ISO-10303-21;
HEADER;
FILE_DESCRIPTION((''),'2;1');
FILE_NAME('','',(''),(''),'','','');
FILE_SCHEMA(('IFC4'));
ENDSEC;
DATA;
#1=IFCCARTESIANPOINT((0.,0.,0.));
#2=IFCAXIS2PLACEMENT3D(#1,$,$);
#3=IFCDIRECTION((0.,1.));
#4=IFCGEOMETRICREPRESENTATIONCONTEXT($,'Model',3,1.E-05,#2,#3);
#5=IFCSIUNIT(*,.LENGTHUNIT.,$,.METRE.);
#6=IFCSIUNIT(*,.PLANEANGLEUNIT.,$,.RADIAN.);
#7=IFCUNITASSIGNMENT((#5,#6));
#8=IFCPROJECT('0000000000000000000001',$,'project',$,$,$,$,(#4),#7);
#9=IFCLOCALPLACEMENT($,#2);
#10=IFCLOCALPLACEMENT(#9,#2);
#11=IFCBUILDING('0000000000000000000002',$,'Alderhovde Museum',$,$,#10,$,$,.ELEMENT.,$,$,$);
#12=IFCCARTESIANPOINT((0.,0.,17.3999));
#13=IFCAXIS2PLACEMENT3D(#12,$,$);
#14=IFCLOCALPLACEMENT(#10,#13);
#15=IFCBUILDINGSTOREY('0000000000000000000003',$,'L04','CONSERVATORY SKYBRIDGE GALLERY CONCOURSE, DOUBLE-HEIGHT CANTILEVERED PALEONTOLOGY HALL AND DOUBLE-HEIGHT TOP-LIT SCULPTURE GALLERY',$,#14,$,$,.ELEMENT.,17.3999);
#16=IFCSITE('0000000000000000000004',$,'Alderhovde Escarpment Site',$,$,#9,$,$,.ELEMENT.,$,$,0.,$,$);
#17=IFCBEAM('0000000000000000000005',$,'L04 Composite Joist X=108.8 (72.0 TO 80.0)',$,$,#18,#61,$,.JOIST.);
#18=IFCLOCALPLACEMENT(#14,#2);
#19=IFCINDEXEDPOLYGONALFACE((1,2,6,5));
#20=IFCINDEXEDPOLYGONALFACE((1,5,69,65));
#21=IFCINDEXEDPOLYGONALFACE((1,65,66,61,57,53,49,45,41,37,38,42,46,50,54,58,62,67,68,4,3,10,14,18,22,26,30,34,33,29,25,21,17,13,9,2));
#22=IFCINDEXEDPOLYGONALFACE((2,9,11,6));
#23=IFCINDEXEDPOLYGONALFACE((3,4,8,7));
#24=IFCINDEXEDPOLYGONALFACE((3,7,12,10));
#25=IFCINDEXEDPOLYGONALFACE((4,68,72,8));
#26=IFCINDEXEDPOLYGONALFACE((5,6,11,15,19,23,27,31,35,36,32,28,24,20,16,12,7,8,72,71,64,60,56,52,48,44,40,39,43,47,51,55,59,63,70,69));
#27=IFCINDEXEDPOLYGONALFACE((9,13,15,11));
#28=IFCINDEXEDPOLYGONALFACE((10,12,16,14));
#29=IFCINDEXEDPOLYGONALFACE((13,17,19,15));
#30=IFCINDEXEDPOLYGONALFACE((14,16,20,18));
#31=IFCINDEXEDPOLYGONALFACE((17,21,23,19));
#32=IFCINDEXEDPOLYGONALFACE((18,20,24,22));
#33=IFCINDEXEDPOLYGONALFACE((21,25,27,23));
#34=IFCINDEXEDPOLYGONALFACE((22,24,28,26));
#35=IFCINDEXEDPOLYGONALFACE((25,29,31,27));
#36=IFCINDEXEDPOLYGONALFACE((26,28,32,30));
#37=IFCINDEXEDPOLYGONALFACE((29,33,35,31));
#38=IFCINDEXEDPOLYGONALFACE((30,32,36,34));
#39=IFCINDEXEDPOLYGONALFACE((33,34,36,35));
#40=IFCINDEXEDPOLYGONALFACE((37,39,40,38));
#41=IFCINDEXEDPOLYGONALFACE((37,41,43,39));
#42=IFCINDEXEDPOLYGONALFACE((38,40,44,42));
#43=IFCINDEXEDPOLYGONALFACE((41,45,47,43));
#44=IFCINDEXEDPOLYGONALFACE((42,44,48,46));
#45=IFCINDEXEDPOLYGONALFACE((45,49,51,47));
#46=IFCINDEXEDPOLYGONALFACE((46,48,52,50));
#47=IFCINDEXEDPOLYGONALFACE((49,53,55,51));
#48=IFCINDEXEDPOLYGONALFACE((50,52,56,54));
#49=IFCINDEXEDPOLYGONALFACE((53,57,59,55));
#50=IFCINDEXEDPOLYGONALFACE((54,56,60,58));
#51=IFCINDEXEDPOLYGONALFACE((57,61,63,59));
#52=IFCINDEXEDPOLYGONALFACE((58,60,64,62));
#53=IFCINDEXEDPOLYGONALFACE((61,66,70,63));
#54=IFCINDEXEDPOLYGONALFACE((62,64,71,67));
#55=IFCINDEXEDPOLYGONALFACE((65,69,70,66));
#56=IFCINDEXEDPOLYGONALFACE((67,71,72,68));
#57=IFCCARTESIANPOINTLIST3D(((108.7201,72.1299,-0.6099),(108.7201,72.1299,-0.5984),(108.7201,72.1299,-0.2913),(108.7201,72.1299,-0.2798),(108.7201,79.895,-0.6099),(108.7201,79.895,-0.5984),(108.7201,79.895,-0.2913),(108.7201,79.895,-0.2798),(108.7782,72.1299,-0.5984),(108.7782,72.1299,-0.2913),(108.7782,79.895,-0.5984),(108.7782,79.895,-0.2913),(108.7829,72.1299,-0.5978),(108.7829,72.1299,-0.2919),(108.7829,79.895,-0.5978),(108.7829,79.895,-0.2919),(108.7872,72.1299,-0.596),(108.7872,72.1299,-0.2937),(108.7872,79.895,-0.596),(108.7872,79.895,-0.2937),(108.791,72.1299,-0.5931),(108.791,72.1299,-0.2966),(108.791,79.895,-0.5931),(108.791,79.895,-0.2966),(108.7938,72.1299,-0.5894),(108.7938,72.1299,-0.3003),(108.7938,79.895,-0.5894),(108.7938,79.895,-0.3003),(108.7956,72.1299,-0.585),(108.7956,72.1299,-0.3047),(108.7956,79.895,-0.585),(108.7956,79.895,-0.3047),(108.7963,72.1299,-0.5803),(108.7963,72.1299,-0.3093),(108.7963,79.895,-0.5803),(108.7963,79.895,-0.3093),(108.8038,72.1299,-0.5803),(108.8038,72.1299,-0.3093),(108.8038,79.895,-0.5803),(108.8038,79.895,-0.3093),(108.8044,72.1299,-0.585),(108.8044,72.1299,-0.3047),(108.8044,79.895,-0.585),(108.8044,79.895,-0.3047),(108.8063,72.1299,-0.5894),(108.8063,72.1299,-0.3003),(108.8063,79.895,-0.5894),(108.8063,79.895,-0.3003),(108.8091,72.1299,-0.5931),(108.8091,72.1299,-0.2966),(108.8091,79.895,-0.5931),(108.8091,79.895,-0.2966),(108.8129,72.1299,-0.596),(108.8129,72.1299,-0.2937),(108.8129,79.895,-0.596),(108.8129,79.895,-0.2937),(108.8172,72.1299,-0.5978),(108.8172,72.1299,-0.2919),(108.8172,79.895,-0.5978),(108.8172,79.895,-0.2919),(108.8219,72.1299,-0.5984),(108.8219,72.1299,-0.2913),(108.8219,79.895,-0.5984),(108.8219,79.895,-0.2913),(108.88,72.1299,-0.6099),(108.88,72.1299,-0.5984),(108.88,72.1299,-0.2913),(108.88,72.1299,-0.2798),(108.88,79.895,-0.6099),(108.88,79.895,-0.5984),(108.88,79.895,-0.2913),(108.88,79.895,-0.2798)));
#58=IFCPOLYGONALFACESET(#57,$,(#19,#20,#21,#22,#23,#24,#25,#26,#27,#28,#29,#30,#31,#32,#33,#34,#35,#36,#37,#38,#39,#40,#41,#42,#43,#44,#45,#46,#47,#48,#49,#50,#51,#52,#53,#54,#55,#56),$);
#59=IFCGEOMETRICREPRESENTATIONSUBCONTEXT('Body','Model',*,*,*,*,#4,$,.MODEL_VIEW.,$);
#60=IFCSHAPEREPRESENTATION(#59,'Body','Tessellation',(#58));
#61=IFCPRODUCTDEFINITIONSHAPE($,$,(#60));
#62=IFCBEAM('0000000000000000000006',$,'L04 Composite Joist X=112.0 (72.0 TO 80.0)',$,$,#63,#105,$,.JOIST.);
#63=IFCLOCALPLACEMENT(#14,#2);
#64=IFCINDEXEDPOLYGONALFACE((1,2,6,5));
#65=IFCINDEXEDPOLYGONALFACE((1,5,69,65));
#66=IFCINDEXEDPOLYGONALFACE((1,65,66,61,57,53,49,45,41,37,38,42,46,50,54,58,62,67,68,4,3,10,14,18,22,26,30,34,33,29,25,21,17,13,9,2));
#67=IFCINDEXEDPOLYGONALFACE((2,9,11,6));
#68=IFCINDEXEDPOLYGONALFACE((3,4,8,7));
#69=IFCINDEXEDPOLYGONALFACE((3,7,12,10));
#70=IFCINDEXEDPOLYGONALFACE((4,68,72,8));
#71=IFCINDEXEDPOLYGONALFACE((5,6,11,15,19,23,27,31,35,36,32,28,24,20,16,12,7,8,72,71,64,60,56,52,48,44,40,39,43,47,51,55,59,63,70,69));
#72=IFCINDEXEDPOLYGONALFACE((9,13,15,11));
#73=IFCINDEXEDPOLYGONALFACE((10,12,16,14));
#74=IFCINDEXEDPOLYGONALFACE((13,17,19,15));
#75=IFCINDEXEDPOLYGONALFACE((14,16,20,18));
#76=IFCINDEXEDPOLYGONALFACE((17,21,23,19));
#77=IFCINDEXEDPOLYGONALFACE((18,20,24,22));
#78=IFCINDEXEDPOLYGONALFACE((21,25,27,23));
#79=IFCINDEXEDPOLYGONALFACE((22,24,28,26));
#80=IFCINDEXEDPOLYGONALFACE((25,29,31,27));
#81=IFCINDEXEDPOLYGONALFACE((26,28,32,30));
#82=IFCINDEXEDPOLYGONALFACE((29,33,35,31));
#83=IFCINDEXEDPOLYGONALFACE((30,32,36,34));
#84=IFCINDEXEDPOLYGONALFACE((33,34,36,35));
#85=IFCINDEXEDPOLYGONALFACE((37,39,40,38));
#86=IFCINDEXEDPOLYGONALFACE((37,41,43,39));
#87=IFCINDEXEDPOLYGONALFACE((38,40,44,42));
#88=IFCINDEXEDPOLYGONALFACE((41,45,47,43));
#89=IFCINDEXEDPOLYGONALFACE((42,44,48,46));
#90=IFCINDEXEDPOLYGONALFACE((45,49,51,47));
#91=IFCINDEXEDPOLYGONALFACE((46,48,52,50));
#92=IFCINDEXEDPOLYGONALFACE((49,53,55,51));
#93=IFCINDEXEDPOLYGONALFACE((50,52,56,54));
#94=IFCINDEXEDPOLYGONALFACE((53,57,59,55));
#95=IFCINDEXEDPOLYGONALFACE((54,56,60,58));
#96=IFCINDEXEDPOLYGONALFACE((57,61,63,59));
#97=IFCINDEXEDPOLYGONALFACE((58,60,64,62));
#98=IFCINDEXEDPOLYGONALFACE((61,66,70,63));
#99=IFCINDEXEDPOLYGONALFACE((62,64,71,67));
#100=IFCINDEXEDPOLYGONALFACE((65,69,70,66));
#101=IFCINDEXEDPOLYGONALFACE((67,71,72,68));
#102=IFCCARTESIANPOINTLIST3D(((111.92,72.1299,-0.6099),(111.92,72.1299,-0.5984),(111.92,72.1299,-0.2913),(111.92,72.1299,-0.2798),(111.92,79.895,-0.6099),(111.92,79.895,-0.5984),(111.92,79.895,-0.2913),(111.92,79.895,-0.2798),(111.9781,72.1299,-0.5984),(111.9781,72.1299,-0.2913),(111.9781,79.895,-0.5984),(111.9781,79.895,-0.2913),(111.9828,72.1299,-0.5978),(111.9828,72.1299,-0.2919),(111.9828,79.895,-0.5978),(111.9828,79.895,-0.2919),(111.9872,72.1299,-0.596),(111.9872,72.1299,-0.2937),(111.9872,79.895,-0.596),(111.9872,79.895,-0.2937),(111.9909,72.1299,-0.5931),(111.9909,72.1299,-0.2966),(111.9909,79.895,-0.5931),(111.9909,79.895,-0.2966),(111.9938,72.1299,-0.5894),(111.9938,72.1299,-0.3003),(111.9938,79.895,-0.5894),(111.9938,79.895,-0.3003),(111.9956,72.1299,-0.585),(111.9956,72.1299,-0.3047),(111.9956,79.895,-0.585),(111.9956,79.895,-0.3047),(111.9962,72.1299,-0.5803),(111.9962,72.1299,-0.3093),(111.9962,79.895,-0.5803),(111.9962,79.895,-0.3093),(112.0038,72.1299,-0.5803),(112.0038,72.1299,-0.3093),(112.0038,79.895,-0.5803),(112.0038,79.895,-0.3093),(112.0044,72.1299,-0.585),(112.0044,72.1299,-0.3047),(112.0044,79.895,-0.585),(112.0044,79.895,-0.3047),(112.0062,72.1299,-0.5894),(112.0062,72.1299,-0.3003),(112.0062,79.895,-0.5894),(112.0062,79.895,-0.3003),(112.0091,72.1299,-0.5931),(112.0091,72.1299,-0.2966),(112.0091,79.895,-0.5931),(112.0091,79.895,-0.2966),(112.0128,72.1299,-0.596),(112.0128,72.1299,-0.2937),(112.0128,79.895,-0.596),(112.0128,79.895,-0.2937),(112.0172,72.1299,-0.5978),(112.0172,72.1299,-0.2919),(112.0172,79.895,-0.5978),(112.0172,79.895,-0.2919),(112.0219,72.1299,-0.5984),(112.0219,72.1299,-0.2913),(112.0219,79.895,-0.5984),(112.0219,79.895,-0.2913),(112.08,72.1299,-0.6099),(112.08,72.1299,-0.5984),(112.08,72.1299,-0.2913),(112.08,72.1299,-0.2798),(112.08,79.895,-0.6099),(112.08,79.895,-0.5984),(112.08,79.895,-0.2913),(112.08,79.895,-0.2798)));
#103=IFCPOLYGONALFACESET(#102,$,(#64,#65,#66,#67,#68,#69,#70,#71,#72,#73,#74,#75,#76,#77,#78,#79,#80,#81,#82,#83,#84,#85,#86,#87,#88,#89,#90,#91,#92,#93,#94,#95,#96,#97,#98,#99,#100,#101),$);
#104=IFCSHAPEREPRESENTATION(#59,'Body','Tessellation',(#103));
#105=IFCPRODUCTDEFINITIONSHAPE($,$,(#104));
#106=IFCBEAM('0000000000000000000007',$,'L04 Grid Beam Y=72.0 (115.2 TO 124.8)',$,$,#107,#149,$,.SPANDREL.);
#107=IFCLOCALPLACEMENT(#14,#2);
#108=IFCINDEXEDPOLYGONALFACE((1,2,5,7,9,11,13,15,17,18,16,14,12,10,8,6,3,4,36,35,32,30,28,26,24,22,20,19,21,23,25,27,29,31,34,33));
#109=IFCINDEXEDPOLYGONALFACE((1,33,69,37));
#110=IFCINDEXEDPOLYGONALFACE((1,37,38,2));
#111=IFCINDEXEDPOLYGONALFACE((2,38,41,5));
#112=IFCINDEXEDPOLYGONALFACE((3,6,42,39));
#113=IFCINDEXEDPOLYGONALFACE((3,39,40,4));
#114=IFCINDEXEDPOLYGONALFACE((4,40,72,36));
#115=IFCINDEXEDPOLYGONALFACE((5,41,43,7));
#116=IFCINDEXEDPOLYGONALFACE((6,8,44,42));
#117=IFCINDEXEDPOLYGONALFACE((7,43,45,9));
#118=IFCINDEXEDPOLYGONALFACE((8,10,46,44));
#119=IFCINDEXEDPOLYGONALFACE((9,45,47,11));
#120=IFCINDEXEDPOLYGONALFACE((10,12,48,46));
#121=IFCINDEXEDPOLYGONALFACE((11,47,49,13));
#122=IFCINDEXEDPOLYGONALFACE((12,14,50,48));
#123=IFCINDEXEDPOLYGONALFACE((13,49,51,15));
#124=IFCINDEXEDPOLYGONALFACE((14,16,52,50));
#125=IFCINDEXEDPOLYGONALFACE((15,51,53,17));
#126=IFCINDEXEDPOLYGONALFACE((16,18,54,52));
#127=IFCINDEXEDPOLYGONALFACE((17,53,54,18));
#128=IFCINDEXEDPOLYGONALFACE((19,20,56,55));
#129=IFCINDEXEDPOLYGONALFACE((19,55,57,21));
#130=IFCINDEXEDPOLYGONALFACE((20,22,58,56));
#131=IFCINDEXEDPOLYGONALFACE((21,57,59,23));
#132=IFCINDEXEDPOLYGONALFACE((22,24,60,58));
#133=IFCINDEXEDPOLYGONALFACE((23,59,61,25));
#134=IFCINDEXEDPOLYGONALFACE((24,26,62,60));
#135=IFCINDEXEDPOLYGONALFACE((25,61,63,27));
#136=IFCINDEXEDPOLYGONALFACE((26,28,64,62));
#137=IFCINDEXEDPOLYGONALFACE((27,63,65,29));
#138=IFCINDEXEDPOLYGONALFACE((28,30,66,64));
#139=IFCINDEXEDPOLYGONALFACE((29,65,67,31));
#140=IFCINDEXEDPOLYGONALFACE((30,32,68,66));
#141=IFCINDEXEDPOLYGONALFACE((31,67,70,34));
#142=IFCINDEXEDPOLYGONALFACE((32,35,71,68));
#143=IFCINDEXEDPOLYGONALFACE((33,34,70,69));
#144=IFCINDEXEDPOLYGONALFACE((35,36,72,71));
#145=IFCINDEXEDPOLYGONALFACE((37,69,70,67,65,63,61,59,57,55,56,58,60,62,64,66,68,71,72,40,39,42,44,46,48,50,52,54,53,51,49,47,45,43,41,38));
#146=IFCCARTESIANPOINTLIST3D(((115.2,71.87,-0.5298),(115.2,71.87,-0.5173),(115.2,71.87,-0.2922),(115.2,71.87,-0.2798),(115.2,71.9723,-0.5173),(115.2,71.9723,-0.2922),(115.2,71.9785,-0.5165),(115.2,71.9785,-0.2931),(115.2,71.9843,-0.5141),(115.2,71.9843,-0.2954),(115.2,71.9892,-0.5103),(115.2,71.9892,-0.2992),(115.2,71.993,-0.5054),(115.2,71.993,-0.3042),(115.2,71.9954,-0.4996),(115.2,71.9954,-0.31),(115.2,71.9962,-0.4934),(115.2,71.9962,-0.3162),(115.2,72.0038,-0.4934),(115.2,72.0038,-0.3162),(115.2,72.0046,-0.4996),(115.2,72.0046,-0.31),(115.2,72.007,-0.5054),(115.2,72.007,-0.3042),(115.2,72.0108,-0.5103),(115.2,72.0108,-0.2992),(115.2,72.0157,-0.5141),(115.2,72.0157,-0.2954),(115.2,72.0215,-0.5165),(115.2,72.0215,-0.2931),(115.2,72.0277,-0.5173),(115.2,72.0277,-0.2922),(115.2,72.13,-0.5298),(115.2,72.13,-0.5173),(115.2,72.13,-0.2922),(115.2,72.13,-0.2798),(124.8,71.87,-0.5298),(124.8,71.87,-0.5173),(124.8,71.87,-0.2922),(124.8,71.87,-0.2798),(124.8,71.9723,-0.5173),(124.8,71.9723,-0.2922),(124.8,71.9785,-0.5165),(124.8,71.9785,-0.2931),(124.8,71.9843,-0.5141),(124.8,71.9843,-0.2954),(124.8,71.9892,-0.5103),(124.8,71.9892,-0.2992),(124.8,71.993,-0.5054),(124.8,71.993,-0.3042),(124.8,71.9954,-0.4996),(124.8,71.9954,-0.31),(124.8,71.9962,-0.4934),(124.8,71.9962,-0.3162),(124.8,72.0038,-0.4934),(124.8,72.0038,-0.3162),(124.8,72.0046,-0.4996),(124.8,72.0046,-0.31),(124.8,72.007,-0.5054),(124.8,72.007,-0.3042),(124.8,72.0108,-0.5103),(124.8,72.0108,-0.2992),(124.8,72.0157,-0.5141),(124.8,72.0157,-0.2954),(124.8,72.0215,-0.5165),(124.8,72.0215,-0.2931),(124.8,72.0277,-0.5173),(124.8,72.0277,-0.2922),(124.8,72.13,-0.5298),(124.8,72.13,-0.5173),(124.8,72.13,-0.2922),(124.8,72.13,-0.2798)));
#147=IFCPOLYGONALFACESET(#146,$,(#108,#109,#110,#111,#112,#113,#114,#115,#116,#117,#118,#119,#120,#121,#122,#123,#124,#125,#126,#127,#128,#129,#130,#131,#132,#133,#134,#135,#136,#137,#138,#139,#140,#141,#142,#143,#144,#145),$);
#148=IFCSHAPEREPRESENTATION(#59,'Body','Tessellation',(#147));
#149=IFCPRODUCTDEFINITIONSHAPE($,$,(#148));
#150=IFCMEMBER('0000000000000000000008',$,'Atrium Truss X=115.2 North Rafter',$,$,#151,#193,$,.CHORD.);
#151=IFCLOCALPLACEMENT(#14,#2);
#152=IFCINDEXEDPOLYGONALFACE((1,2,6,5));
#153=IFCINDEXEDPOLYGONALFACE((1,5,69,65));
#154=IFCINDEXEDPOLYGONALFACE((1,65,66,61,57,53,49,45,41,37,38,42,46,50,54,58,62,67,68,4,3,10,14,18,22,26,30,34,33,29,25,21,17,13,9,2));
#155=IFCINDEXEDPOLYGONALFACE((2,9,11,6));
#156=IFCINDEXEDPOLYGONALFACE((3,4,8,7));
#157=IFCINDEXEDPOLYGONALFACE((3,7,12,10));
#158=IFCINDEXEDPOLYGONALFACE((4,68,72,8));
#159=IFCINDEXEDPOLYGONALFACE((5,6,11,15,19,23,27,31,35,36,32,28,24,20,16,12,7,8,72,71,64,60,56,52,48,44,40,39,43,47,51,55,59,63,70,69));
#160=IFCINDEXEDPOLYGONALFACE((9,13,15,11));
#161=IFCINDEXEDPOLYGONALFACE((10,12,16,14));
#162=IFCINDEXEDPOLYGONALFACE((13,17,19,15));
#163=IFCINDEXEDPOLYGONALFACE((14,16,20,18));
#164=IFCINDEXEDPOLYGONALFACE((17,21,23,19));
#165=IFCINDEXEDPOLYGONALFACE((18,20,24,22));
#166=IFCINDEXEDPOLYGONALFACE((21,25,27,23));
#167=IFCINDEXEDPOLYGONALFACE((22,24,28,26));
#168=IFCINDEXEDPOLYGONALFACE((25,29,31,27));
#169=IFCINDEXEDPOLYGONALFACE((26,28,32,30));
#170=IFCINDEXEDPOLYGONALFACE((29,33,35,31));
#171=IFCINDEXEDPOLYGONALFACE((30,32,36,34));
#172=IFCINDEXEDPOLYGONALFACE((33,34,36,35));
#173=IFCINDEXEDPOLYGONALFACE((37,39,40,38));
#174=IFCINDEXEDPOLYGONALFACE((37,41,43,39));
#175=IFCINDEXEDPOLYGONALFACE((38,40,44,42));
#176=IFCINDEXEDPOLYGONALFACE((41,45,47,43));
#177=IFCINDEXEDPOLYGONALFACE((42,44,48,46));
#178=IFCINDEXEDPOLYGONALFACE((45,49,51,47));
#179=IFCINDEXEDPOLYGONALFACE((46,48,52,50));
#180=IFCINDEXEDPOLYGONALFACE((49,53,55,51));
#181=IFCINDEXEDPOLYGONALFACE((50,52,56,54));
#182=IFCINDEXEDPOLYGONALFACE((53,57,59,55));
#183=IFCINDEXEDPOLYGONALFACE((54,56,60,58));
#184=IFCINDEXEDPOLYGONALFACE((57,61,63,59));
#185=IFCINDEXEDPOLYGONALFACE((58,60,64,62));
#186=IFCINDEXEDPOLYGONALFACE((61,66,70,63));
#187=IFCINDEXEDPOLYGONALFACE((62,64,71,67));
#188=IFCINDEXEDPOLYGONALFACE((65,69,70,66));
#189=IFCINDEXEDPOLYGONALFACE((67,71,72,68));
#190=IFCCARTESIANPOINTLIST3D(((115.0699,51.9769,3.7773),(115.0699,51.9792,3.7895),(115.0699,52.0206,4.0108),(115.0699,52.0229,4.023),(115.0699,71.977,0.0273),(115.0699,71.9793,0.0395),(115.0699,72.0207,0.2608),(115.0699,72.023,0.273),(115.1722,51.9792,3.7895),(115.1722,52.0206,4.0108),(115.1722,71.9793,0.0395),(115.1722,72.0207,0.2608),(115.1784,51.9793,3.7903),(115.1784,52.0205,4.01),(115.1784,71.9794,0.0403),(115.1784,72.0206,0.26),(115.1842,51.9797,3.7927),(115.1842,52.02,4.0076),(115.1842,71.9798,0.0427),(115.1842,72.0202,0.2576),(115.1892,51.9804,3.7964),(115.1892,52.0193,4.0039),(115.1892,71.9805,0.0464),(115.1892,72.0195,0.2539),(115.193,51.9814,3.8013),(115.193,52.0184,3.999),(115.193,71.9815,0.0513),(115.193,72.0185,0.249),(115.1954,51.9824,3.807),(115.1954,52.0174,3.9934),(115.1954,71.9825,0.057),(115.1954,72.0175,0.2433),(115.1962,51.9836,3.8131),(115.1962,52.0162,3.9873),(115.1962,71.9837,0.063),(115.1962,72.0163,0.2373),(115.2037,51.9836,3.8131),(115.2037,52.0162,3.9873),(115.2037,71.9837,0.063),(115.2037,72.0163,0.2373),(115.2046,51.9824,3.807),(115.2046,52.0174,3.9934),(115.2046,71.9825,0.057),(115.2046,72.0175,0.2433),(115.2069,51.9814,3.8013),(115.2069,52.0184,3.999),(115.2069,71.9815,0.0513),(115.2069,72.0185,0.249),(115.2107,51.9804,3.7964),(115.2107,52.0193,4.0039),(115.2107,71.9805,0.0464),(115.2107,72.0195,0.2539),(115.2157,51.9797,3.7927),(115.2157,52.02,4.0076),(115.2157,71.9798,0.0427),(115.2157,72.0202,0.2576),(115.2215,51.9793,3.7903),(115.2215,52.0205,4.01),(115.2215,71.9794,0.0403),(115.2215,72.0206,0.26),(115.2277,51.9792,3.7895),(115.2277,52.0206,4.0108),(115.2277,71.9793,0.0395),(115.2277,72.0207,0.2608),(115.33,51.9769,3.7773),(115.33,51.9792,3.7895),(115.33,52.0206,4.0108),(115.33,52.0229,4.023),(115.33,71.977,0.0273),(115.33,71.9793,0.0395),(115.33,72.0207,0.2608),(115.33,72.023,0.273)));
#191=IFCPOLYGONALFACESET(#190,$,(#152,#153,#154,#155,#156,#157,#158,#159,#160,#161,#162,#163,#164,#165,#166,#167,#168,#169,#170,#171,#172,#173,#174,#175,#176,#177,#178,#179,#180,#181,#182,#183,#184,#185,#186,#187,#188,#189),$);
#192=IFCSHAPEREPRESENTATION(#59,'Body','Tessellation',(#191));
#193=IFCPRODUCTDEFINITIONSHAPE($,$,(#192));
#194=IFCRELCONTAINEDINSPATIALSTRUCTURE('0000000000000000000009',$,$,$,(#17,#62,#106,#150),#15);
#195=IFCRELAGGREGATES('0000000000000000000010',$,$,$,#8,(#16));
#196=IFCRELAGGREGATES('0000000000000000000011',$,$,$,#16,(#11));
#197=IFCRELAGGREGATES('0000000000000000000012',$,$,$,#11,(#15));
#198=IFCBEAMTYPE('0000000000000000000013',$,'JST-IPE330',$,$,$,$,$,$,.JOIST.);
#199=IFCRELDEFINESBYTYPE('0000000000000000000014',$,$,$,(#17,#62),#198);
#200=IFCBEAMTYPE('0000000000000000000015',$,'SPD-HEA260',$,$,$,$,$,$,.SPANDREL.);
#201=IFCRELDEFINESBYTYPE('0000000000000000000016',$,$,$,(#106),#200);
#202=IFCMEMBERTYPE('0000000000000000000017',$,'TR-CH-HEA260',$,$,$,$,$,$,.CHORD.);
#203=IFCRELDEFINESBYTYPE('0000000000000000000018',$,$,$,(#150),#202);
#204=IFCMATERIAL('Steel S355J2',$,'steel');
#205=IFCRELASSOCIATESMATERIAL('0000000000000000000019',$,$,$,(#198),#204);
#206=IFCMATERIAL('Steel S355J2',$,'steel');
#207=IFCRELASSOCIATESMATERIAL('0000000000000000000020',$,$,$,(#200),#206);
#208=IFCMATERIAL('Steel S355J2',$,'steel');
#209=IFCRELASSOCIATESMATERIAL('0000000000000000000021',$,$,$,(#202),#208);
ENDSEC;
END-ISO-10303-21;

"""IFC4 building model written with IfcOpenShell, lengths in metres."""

from ifc_helpers import new_model, si_unit, direction, frame, origin, origin_2d, place, context, subcontext, project, spatial, i_section, extrude, material, material_profile, profile_set, type_object, element, save


model = new_model("IFC4")

# Units and contexts
model_context = context("Model", 3, precision=1e-05, world=origin(), true_north=direction((0.0, 1.0)))
body_context = subcontext(model_context, "Body", "Model", "MODEL_VIEW")
ifc_project = project(units=[si_unit("LENGTHUNIT", "METRE"), si_unit("PLANEANGLEUNIT", "RADIAN")], contexts=[model_context])

# Site, building, storey
site_placement = place(None, origin())
site = spatial("IfcSite", under=ifc_project, at=site_placement, Name="Alderhovde Escarpment Site", CompositionType="ELEMENT", RefElevation=0.0)
building_placement = place(site_placement, origin())
building = spatial("IfcBuilding", under=site, at=building_placement, Name="Alderhovde Museum", CompositionType="ELEMENT")
storey_placement = place(building_placement, frame((0.0, 0.0, 17.3999)))
storey = spatial("IfcBuildingStorey", under=building, at=storey_placement, Name="L04", Description="CONSERVATORY SKYBRIDGE GALLERY CONCOURSE, DOUBLE-HEIGHT CANTILEVERED PALEONTOLOGY HALL AND DOUBLE-HEIGHT TOP-LIT SCULPTURE GALLERY", CompositionType="ELEMENT", Elevation=17.3999)

# Beams
ifc_material_1 = material(Name="Steel S355J2", Category="steel")
ifc_material_profile_1 = material_profile(ifc_material_1, i_section(OverallWidth=0.1599, OverallDepth=0.3301, WebThickness=0.0076, FlangeThickness=0.0115, FilletRadius=0.0181, at=origin_2d()), Name="IPE 330")
ifc_profile_set_1 = profile_set([ifc_material_profile_1], Name="Steel S355J2")
beam_type_1 = type_object("IfcBeamType", Name="JST-IPE330", PredefinedType="JOIST", material=ifc_profile_set_1)
for number, where, z_axis, x_axis, name in (
    (1, (108.8, 72.1299, -0.4448), (0.0, 1.0, 0.0), (-1.0, 0.0, 0.0), "L04 Composite Joist X=108.8 (72.0 TO 80.0)"),
    (2, (112.0, 72.1299, -0.4448), (0.0, 1.0, 0.0), (-1.0, 0.0, 0.0), "L04 Composite Joist X=112.0 (72.0 TO 80.0)"),
):
    element("IfcBeam", number, at=place(storey_placement, frame(where, z_axis=z_axis, x_axis=x_axis)), inside=storey, type_object=beam_type_1, Name=name, PredefinedType="JOIST", context=body_context, shape_type="SweptSolid", body=[
        extrude(i_section(OverallWidth=0.1599, OverallDepth=0.3301, WebThickness=0.0076, FlangeThickness=0.0115, FilletRadius=0.0181, at=origin_2d()), origin(), (0.0, 0.0, 1.0), 7.7651),
    ])
ifc_material_2 = material(Name="Steel S355J2", Category="steel")
ifc_material_profile_2 = material_profile(ifc_material_2, i_section(OverallWidth=0.26, OverallDepth=0.25, WebThickness=0.0076, FlangeThickness=0.0125, FilletRadius=0.0239, at=origin_2d()), Name="HEA 260")
ifc_profile_set_2 = profile_set([ifc_material_profile_2], Name="Steel S355J2")
beam_type_2 = type_object("IfcBeamType", Name="SPD-HEA260", PredefinedType="SPANDREL", material=ifc_profile_set_2)
beam_1_placement = place(storey_placement, frame((115.2, 72.0, -0.4048), z_axis=(1.0, 0.0, 0.0), x_axis=(0.0, 1.0, 0.0)))
element("IfcBeam", 3, at=beam_1_placement, inside=storey, type_object=beam_type_2, Name="L04 Grid Beam Y=72.0 (115.2 TO 124.8)", PredefinedType="SPANDREL", context=body_context, shape_type="SweptSolid", body=[
    extrude(i_section(OverallWidth=0.26, OverallDepth=0.25, WebThickness=0.0076, FlangeThickness=0.0125, FilletRadius=0.0239, at=origin_2d()), origin(), (0.0, 0.0, 1.0), 9.6001),
])

# Member
ifc_material_3 = material(Name="Steel S355J2", Category="steel")
ifc_material_profile_3 = material_profile(ifc_material_3, i_section(OverallWidth=0.26, OverallDepth=0.25, WebThickness=0.0076, FlangeThickness=0.0125, FilletRadius=0.0239, at=origin_2d()), Name="HEA 260")
ifc_profile_set_3 = profile_set([ifc_material_profile_3], Name="Steel S355J2")
member_type_1 = type_object("IfcMemberType", Name="TR-CH-HEA260", PredefinedType="CHORD", material=ifc_profile_set_3)
member_1_placement = place(storey_placement, frame((115.2, 72.0, 0.1501), z_axis=(0.0, -0.982872, 0.184289), x_axis=(1.0, 0.0, 0.0)))
element("IfcMember", 4, at=member_1_placement, inside=storey, type_object=member_type_1, Name="Atrium Truss X=115.2 North Rafter", PredefinedType="CHORD", context=body_context, shape_type="SweptSolid", body=[
    extrude(i_section(OverallWidth=0.26, OverallDepth=0.25, WebThickness=0.0076, FlangeThickness=0.0125, FilletRadius=0.0239, at=origin_2d()), origin(), (0.0, 0.0, 1.0), 20.3486),
])

save(model, "model.ifc")
